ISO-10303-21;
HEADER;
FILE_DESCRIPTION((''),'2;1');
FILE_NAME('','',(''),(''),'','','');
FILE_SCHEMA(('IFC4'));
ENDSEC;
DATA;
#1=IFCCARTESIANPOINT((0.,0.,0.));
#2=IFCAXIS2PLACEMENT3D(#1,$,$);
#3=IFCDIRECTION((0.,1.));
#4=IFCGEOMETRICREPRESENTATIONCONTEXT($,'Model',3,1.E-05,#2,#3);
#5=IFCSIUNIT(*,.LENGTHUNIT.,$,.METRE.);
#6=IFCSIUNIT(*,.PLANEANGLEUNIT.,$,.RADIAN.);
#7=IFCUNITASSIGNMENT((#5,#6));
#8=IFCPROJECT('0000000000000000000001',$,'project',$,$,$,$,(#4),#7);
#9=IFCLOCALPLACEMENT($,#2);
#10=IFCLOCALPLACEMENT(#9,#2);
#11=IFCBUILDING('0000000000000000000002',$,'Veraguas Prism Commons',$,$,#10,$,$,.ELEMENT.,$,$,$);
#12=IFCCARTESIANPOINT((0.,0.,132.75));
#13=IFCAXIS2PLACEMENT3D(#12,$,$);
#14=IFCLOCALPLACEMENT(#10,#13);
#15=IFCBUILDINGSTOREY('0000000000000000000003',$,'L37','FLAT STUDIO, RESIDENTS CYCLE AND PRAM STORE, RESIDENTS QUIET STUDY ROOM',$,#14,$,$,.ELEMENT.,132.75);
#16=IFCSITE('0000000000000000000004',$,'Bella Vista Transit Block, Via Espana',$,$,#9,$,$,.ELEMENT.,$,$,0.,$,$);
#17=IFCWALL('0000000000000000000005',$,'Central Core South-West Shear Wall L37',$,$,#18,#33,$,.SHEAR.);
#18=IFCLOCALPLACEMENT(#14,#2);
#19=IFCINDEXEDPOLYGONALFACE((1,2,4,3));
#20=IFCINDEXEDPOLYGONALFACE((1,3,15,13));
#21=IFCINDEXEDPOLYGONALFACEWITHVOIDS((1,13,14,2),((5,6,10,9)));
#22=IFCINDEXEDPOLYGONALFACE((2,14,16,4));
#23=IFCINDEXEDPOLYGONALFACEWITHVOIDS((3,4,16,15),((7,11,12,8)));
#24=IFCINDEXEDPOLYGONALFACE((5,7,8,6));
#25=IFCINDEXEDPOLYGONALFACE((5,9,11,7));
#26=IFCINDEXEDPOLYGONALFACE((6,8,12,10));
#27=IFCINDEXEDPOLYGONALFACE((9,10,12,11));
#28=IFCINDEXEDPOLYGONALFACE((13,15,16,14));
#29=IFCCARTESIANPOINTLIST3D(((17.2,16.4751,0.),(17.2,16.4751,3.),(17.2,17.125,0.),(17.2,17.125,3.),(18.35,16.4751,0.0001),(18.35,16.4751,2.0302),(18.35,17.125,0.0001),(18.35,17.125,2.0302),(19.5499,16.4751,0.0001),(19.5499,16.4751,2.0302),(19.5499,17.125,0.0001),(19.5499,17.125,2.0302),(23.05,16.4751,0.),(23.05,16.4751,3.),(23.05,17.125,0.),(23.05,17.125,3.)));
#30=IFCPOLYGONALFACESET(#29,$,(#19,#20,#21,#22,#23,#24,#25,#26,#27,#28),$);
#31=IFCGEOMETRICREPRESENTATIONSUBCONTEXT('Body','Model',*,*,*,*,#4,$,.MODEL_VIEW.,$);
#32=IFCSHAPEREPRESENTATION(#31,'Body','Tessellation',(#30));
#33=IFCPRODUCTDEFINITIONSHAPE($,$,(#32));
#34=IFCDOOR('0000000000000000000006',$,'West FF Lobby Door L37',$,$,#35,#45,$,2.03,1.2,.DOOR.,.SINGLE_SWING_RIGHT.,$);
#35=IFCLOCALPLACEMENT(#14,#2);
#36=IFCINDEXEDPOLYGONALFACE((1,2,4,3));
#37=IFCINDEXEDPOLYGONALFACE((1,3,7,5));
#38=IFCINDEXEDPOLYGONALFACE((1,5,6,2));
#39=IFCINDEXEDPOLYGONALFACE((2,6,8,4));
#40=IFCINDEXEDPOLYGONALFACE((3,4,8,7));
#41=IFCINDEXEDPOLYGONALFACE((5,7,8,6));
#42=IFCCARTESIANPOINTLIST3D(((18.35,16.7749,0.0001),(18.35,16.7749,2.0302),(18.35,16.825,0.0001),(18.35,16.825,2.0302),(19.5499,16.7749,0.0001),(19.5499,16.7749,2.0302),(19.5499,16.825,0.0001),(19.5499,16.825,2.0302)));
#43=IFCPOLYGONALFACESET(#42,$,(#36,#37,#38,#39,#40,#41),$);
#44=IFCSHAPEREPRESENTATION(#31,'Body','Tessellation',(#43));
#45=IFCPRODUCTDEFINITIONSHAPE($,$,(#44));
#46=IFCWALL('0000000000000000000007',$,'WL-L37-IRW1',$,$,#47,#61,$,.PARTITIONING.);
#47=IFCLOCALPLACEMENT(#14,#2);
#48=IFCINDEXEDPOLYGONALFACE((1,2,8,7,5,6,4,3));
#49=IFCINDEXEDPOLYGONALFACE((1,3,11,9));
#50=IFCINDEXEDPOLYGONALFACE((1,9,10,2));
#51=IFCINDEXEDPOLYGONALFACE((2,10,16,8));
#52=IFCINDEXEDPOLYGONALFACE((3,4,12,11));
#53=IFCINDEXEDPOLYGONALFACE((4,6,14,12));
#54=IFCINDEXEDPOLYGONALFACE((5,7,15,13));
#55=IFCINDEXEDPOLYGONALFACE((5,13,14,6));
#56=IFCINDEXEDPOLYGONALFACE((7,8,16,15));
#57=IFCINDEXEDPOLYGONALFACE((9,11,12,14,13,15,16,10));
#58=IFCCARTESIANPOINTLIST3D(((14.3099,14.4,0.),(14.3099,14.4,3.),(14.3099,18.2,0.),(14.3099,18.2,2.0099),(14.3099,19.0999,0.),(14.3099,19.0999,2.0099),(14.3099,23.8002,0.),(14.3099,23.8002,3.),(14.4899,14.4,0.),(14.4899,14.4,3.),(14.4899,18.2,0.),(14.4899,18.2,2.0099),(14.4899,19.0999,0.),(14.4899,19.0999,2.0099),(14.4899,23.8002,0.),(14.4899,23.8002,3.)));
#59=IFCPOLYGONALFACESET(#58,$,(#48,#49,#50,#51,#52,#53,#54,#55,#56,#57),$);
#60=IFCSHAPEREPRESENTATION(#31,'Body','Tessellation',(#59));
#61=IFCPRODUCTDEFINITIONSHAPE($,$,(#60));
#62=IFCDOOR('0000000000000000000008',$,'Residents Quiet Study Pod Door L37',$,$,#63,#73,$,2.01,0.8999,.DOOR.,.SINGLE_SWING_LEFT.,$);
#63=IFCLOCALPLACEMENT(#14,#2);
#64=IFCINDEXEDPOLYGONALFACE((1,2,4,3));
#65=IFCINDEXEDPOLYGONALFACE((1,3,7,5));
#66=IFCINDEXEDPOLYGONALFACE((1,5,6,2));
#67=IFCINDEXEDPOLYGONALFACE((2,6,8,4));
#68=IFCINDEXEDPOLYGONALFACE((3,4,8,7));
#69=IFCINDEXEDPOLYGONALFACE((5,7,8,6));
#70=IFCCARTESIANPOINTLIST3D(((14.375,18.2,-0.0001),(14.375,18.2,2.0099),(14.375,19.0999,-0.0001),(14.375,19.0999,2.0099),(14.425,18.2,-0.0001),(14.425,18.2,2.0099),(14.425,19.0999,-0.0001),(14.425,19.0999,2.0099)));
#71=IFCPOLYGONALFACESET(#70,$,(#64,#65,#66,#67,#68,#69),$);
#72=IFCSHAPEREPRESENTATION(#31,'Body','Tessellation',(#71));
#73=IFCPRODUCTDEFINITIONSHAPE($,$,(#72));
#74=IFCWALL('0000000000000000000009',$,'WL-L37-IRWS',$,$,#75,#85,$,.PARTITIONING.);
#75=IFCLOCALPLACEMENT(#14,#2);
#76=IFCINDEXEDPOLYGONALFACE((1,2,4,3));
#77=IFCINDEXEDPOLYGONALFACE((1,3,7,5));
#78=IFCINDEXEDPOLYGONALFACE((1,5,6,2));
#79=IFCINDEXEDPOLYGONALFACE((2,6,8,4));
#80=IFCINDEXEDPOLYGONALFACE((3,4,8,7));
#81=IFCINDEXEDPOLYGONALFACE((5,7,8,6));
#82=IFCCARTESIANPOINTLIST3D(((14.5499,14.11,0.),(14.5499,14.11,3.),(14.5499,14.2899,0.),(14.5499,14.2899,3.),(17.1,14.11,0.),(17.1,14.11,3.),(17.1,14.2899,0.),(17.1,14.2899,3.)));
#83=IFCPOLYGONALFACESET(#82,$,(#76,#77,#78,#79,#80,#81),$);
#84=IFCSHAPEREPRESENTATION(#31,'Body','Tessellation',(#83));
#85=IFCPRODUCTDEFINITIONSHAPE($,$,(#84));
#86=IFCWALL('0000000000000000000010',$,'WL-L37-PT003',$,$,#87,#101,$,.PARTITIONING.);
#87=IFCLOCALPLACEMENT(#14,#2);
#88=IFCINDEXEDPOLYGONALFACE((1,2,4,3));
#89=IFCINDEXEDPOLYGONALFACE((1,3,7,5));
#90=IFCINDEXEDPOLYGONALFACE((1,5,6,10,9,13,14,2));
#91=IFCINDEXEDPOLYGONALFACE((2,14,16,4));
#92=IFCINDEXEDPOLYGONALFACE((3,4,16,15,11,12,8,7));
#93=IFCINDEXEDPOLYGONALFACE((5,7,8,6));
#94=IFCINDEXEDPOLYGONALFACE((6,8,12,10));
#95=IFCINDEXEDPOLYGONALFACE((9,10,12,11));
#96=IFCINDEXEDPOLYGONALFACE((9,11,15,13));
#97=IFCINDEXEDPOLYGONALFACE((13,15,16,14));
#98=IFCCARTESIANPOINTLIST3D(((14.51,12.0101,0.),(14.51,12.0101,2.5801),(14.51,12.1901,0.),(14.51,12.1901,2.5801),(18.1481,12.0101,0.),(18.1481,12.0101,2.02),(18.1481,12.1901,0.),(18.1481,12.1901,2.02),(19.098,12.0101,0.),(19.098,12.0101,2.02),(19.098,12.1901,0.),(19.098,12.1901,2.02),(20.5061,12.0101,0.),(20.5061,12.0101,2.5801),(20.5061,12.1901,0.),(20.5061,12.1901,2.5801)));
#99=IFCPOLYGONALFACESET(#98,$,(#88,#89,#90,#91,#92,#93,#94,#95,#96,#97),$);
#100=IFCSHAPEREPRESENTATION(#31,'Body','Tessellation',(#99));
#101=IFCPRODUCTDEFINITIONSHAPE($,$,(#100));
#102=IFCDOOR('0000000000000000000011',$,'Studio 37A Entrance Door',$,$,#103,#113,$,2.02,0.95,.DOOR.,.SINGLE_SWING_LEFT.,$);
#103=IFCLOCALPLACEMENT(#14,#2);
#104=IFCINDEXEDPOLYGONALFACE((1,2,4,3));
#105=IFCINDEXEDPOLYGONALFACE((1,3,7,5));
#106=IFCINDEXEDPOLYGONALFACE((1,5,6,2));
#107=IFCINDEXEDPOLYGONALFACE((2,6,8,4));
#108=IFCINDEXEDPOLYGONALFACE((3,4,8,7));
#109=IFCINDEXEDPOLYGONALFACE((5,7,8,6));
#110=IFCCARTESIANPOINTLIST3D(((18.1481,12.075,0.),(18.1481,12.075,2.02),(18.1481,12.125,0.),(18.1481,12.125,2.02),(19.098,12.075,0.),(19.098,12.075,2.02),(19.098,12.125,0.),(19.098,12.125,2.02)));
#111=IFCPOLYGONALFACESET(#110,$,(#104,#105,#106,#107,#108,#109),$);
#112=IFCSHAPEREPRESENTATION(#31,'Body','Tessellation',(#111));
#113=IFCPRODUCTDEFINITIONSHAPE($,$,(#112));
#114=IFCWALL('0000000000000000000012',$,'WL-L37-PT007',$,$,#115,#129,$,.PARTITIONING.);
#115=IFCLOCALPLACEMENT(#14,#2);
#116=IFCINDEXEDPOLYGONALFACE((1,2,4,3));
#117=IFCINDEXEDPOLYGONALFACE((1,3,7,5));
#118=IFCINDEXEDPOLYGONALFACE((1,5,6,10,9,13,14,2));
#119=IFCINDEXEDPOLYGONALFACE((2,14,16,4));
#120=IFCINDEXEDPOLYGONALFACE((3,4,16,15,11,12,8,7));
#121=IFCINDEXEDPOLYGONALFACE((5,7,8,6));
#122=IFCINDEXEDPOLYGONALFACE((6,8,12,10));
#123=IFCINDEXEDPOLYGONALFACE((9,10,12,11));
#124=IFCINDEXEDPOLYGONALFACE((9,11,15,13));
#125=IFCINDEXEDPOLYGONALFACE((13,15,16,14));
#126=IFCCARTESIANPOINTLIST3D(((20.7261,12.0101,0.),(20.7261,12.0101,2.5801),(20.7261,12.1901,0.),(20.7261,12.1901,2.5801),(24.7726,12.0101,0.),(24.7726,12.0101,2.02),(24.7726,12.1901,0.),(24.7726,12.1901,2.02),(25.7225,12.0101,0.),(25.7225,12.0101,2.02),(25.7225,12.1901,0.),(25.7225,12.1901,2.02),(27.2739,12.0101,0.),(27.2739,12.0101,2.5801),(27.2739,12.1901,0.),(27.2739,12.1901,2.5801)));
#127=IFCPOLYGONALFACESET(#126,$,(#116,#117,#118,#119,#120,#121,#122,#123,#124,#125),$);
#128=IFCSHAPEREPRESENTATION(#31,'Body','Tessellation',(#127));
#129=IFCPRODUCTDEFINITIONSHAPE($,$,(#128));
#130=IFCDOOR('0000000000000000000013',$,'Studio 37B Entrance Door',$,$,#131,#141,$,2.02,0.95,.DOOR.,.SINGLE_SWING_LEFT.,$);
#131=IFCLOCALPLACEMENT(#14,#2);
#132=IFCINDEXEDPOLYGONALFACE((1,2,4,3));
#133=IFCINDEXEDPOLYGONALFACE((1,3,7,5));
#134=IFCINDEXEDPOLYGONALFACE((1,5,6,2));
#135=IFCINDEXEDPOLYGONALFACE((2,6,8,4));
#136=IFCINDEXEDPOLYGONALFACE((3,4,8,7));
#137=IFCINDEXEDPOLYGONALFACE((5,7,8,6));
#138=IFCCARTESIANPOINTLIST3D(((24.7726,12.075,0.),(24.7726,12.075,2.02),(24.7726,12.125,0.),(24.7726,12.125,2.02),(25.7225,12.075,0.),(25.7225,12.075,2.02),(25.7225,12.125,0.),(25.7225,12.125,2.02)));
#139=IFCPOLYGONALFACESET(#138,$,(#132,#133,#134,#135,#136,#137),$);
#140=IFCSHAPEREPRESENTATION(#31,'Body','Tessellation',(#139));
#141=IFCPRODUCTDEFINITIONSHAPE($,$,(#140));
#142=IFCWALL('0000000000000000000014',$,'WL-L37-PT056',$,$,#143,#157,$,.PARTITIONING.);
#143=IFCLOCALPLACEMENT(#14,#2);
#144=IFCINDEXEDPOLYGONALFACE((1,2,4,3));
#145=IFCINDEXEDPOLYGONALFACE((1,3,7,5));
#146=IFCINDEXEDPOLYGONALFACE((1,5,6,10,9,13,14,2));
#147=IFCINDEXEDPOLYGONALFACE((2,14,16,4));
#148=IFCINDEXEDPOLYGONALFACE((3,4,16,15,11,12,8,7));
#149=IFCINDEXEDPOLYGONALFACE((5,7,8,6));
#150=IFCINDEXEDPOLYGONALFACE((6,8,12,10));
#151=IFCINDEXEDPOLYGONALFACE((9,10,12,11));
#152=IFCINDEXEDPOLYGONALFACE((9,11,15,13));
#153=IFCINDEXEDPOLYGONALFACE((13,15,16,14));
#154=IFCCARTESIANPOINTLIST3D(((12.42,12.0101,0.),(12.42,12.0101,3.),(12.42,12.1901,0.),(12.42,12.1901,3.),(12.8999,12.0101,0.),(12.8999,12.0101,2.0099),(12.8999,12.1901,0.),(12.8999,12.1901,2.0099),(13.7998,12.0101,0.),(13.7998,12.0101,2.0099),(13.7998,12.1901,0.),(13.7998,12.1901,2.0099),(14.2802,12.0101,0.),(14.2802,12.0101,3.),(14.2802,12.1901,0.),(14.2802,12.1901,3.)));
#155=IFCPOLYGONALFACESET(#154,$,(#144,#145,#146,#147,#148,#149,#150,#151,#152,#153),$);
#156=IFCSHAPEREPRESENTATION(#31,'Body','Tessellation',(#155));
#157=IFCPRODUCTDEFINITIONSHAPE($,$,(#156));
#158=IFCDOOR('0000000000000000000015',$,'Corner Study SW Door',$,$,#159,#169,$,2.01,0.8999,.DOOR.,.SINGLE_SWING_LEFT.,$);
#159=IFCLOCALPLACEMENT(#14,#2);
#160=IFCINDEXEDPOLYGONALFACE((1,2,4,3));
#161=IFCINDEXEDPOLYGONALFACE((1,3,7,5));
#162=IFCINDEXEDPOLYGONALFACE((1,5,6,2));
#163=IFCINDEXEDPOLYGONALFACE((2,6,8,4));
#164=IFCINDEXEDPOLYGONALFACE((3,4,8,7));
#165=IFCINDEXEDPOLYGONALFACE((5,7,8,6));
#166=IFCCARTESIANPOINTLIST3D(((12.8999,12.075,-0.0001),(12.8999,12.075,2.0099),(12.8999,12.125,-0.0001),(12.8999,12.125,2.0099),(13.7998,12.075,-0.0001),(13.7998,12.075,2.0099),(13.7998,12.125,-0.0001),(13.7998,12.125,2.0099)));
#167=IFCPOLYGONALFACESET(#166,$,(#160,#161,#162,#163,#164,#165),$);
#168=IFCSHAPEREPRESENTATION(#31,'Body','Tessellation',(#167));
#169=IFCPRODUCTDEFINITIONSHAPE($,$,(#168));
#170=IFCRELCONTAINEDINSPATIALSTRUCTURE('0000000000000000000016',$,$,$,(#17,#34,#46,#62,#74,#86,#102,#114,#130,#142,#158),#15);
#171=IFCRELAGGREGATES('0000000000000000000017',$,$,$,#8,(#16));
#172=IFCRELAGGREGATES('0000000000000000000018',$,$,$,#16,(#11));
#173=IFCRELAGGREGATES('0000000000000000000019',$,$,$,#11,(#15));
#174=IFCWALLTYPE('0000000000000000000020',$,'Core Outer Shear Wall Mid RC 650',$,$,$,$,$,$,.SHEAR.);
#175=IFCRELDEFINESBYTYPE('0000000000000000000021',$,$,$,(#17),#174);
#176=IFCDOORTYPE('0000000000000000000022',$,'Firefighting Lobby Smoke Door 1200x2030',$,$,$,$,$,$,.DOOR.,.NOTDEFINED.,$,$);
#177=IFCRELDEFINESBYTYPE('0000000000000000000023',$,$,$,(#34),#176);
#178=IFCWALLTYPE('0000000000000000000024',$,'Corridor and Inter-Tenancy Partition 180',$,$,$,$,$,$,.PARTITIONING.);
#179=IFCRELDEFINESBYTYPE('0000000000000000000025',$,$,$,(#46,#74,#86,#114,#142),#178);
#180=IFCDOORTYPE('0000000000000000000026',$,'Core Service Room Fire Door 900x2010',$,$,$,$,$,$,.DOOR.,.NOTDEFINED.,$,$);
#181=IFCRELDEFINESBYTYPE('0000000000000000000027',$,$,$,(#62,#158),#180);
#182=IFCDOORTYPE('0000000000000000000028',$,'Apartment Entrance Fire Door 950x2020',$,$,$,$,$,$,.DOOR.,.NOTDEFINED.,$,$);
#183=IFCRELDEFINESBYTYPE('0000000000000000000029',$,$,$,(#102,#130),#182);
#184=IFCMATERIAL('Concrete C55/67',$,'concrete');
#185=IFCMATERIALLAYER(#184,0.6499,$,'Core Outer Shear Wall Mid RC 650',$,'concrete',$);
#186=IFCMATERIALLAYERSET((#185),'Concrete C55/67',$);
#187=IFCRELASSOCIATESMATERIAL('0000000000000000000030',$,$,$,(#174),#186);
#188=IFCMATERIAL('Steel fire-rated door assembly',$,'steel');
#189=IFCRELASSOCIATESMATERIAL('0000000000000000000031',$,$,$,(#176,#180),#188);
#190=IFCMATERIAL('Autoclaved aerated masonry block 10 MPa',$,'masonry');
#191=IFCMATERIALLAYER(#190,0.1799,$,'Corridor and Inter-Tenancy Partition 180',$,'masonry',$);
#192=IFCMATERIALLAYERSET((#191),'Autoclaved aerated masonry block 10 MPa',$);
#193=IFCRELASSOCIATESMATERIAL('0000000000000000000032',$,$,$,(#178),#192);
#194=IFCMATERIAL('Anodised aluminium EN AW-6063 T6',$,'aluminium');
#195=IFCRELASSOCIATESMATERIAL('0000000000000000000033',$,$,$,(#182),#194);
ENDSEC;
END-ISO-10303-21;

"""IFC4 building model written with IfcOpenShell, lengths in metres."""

from ifc_helpers import new_model, si_unit, direction, frame, frame_2d, origin, place, context, subcontext, project, spatial, rectangle, extrude, source, transform, mapped, material, layer, layer_set, type_object, element, fill, save


model = new_model("IFC4")

# Units and contexts
model_context = context("Model", 3, precision=1e-05, world=origin(), true_north=direction((0.0, 1.0)))
body_context = subcontext(model_context, "Body", "Model", "MODEL_VIEW")
ifc_project = project(units=[si_unit("LENGTHUNIT", "METRE"), si_unit("PLANEANGLEUNIT", "RADIAN")], contexts=[model_context])

# Site, building, storey
site_placement = place(None, origin())
site = spatial("IfcSite", under=ifc_project, at=site_placement, Name="Bella Vista Transit Block, Via Espana", CompositionType="ELEMENT", RefElevation=0.0)
building_placement = place(site_placement, origin())
building = spatial("IfcBuilding", under=site, at=building_placement, Name="Veraguas Prism Commons", CompositionType="ELEMENT")
storey_placement = place(building_placement, frame((0.0, 0.0, 132.75)))
storey = spatial("IfcBuildingStorey", under=building, at=storey_placement, Name="L37", Description="FLAT STUDIO, RESIDENTS CYCLE AND PRAM STORE, RESIDENTS QUIET STUDY ROOM", CompositionType="ELEMENT", Elevation=132.75)

# Shared definitions
ifc_material_1 = material(Name="Steel fire-rated door assembly", Category="steel")

# Shared definitions
ifc_material_2 = material(Name="Concrete C55/67", Category="concrete")
ifc_layer_1 = layer(ifc_material_2, 0.6499, Name="Core Outer Shear Wall Mid RC 650", Category="concrete")
ifc_layer_set_1 = layer_set([ifc_layer_1], Name="Concrete C55/67")
wall_type_1 = type_object("IfcWallType", Name="Core Outer Shear Wall Mid RC 650", PredefinedType="SHEAR", material=ifc_layer_set_1)

# Walls, openings, doors
wall_1_placement = place(storey_placement, frame((17.2, 16.8, 0.0), z_axis=(0.0, 0.0, 1.0), x_axis=(1.0, 0.0, 0.0)))
wall_1 = element("IfcWall", 1, at=wall_1_placement, inside=storey, type_object=wall_type_1, Name="Central Core South-West Shear Wall L37", PredefinedType="SHEAR", context=body_context, shape_type="SweptSolid", body=[
    extrude(rectangle(XDim=5.8501, YDim=0.6499, at=frame_2d((2.925, 0.0))), origin(), (0.0, 0.0, 1.0), 3.0),
])
opening_1_placement = place(wall_1_placement, frame((1.1499, 0.0, 0.0)))
opening_1 = element("IfcOpeningElement", 2, at=opening_1_placement, cuts=wall_1, PredefinedType="OPENING", context=body_context, shape_type="SweptSolid", body=[
    extrude(rectangle(XDim=1.2, YDim=2.03, at=frame_2d((0.6001, 1.0151))), frame((0.0, 0.335, 0.0), z_axis=(0.0, -1.0, 0.0), x_axis=(1.0, 0.0, 0.0)), (0.0, 0.0, 1.0), 0.6699),
])
door_type_1 = type_object("IfcDoorType", Name="Firefighting Lobby Smoke Door 1200x2030", OperationType="NOTDEFINED", PredefinedType="DOOR", material=ifc_material_1)
shared_shape_1 = source(origin(), body_context, "Body", "SweptSolid", [
    extrude(rectangle(XDim=1.2, YDim=2.03, at=frame_2d((0.6001, 1.0151))), frame((0.0, 0.0249, 0.0), z_axis=(0.0, -1.0, 0.0), x_axis=(1.0, 0.0, 0.0)), (0.0, 0.0, 1.0), 0.05),
])
door_1_placement = place(opening_1_placement, origin())
door_1 = element("IfcDoor", 3, at=door_1_placement, inside=storey, type_object=door_type_1, Name="West FF Lobby Door L37", OperationType="SINGLE_SWING_RIGHT", OverallHeight=2.03, OverallWidth=1.2, PredefinedType="DOOR", context=body_context, shape_type="MappedRepresentation", body=[
    mapped(shared_shape_1, transform((0.0, 0.0, 0.0), scale=1.0)),
])
fill(opening_1, door_1)
ifc_material_3 = material(Name="Autoclaved aerated masonry block 10 MPa", Category="masonry")
ifc_layer_2 = layer(ifc_material_3, 0.1799, Name="Corridor and Inter-Tenancy Partition 180", Category="masonry")
ifc_layer_set_2 = layer_set([ifc_layer_2], Name="Autoclaved aerated masonry block 10 MPa")
wall_type_2 = type_object("IfcWallType", Name="Corridor and Inter-Tenancy Partition 180", PredefinedType="PARTITIONING", material=ifc_layer_set_2)
wall_2_placement = place(storey_placement, frame((14.3999, 14.3999, 0.0), z_axis=(0.0, 0.0, 1.0), x_axis=(0.0, 1.0, 0.0)))
wall_2 = element("IfcWall", 4, at=wall_2_placement, inside=storey, type_object=wall_type_2, Name="WL-L37-IRW1", PredefinedType="PARTITIONING", context=body_context, shape_type="SweptSolid", body=[
    extrude(rectangle(XDim=9.4001, YDim=0.1799, at=frame_2d((4.7002, 0.0))), origin(), (0.0, 0.0, 1.0), 3.0),
])
opening_2_placement = place(wall_2_placement, frame((3.8, 0.0, 0.0)))
opening_2 = element("IfcOpeningElement", 5, at=opening_2_placement, cuts=wall_2, PredefinedType="OPENING", context=body_context, shape_type="SweptSolid", body=[
    extrude(rectangle(XDim=0.8999, YDim=2.01, at=frame_2d((0.45, 1.0049))), frame((0.0, 0.0999, 0.0), z_axis=(0.0, -1.0, 0.0), x_axis=(1.0, 0.0, 0.0)), (0.0, 0.0, 1.0), 0.2),
])
door_type_2 = type_object("IfcDoorType", Name="Core Service Room Fire Door 900x2010", OperationType="NOTDEFINED", PredefinedType="DOOR", material=ifc_material_1)
shared_shape_2 = source(origin(), body_context, "Body", "SweptSolid", [
    extrude(rectangle(XDim=0.8999, YDim=2.01, at=frame_2d((0.45, 1.0049))), frame((0.0, 0.0249, 0.0), z_axis=(0.0, -1.0, 0.0), x_axis=(1.0, 0.0, 0.0)), (0.0, 0.0, 1.0), 0.05),
])
door_2_placement = place(opening_2_placement, origin())
door_2 = element("IfcDoor", 6, at=door_2_placement, inside=storey, type_object=door_type_2, Name="Residents Quiet Study Pod Door L37", OperationType="SINGLE_SWING_LEFT", OverallHeight=2.01, OverallWidth=0.8999, PredefinedType="DOOR", context=body_context, shape_type="MappedRepresentation", body=[
    mapped(shared_shape_2, transform((0.0, 0.0, 0.0), scale=1.0)),
])
fill(opening_2, door_2)

# Wall
wall_3_placement = place(storey_placement, frame((14.55, 14.2, 0.0), z_axis=(0.0, 0.0, 1.0), x_axis=(1.0, 0.0, 0.0)))
element("IfcWall", 7, at=wall_3_placement, inside=storey, type_object=wall_type_2, Name="WL-L37-IRWS", PredefinedType="PARTITIONING", context=body_context, shape_type="SweptSolid", body=[
    extrude(rectangle(XDim=2.55, YDim=0.1799, at=frame_2d((1.2749, 0.0))), origin(), (0.0, 0.0, 1.0), 3.0),
])

# Walls, openings, doors
wall_4_placement = place(storey_placement, frame((14.51, 12.1001, 0.0), z_axis=(0.0, 0.0, 1.0), x_axis=(1.0, 0.0, 0.0)))
wall_4 = element("IfcWall", 8, at=wall_4_placement, inside=storey, type_object=wall_type_2, Name="WL-L37-PT003", PredefinedType="PARTITIONING", context=body_context, shape_type="SweptSolid", body=[
    extrude(rectangle(XDim=5.9961, YDim=0.1799, at=frame_2d((2.998, 0.0))), origin(), (0.0, 0.0, 1.0), 2.5801),
])
opening_3_placement = place(wall_4_placement, frame((3.6379, 0.0, 0.0)))
opening_3 = element("IfcOpeningElement", 9, at=opening_3_placement, cuts=wall_4, PredefinedType="OPENING", context=body_context, shape_type="SweptSolid", body=[
    extrude(rectangle(XDim=0.95, YDim=2.02, at=frame_2d((0.4751, 1.01))), frame((0.0, 0.0999, 0.0), z_axis=(0.0, -1.0, 0.0), x_axis=(1.0, 0.0, 0.0)), (0.0, 0.0, 1.0), 0.2),
])
ifc_material_4 = material(Name="Anodised aluminium EN AW-6063 T6", Category="aluminium")
door_type_3 = type_object("IfcDoorType", Name="Apartment Entrance Fire Door 950x2020", OperationType="NOTDEFINED", PredefinedType="DOOR", material=ifc_material_4)
shared_shape_3 = source(origin(), body_context, "Body", "SweptSolid", [
    extrude(rectangle(XDim=0.95, YDim=2.02, at=frame_2d((0.4751, 1.01))), frame((0.0, 0.0249, 0.0), z_axis=(0.0, -1.0, 0.0), x_axis=(1.0, 0.0, 0.0)), (0.0, 0.0, 1.0), 0.05),
])
door_3_placement = place(opening_3_placement, origin())
door_3 = element("IfcDoor", 10, at=door_3_placement, inside=storey, type_object=door_type_3, Name="Studio 37A Entrance Door", OperationType="SINGLE_SWING_LEFT", OverallHeight=2.02, OverallWidth=0.95, PredefinedType="DOOR", context=body_context, shape_type="MappedRepresentation", body=[
    mapped(shared_shape_3, transform((0.0, 0.0, 0.0), scale=1.0)),
])
fill(opening_3, door_3)
wall_5_placement = place(storey_placement, frame((20.7261, 12.1001, 0.0), z_axis=(0.0, 0.0, 1.0), x_axis=(1.0, 0.0, 0.0)))
wall_5 = element("IfcWall", 11, at=wall_5_placement, inside=storey, type_object=wall_type_2, Name="WL-L37-PT007", PredefinedType="PARTITIONING", context=body_context, shape_type="SweptSolid", body=[
    extrude(rectangle(XDim=6.5479, YDim=0.1799, at=frame_2d((3.2739, 0.0))), origin(), (0.0, 0.0, 1.0), 2.5801),
])
opening_4_placement = place(wall_5_placement, frame((4.0464, 0.0, 0.0)))
opening_4 = element("IfcOpeningElement", 12, at=opening_4_placement, cuts=wall_5, PredefinedType="OPENING", context=body_context, shape_type="SweptSolid", body=[
    extrude(rectangle(XDim=0.95, YDim=2.02, at=frame_2d((0.4751, 1.01))), frame((0.0, 0.0999, 0.0), z_axis=(0.0, -1.0, 0.0), x_axis=(1.0, 0.0, 0.0)), (0.0, 0.0, 1.0), 0.2),
])
door_4_placement = place(opening_4_placement, origin())
door_4 = element("IfcDoor", 13, at=door_4_placement, inside=storey, type_object=door_type_3, Name="Studio 37B Entrance Door", OperationType="SINGLE_SWING_LEFT", OverallHeight=2.02, OverallWidth=0.95, PredefinedType="DOOR", context=body_context, shape_type="MappedRepresentation", body=[
    mapped(shared_shape_3, transform((0.0, 0.0, 0.0), scale=1.0)),
])
fill(opening_4, door_4)
wall_6_placement = place(storey_placement, frame((12.4199, 12.1001, 0.0), z_axis=(0.0, 0.0, 1.0), x_axis=(1.0, 0.0, 0.0)))
wall_6 = element("IfcWall", 14, at=wall_6_placement, inside=storey, type_object=wall_type_2, Name="WL-L37-PT056", PredefinedType="PARTITIONING", context=body_context, shape_type="SweptSolid", body=[
    extrude(rectangle(XDim=1.8601, YDim=0.1799, at=frame_2d((0.9302, 0.0))), origin(), (0.0, 0.0, 1.0), 3.0),
])
opening_5_placement = place(wall_6_placement, frame((0.48, 0.0, 0.0)))
opening_5 = element("IfcOpeningElement", 15, at=opening_5_placement, cuts=wall_6, PredefinedType="OPENING", context=body_context, shape_type="SweptSolid", body=[
    extrude(rectangle(XDim=0.8999, YDim=2.01, at=frame_2d((0.45, 1.0049))), frame((0.0, 0.0999, 0.0), z_axis=(0.0, -1.0, 0.0), x_axis=(1.0, 0.0, 0.0)), (0.0, 0.0, 1.0), 0.2),
])
door_5_placement = place(opening_5_placement, origin())
door_5 = element("IfcDoor", 16, at=door_5_placement, inside=storey, type_object=door_type_2, Name="Corner Study SW Door", OperationType="SINGLE_SWING_LEFT", OverallHeight=2.01, OverallWidth=0.8999, PredefinedType="DOOR", context=body_context, shape_type="MappedRepresentation", body=[
    mapped(shared_shape_2, transform((0.0, 0.0, 0.0), scale=1.0)),
])
fill(opening_5, door_5)

save(model, "model.ifc")
